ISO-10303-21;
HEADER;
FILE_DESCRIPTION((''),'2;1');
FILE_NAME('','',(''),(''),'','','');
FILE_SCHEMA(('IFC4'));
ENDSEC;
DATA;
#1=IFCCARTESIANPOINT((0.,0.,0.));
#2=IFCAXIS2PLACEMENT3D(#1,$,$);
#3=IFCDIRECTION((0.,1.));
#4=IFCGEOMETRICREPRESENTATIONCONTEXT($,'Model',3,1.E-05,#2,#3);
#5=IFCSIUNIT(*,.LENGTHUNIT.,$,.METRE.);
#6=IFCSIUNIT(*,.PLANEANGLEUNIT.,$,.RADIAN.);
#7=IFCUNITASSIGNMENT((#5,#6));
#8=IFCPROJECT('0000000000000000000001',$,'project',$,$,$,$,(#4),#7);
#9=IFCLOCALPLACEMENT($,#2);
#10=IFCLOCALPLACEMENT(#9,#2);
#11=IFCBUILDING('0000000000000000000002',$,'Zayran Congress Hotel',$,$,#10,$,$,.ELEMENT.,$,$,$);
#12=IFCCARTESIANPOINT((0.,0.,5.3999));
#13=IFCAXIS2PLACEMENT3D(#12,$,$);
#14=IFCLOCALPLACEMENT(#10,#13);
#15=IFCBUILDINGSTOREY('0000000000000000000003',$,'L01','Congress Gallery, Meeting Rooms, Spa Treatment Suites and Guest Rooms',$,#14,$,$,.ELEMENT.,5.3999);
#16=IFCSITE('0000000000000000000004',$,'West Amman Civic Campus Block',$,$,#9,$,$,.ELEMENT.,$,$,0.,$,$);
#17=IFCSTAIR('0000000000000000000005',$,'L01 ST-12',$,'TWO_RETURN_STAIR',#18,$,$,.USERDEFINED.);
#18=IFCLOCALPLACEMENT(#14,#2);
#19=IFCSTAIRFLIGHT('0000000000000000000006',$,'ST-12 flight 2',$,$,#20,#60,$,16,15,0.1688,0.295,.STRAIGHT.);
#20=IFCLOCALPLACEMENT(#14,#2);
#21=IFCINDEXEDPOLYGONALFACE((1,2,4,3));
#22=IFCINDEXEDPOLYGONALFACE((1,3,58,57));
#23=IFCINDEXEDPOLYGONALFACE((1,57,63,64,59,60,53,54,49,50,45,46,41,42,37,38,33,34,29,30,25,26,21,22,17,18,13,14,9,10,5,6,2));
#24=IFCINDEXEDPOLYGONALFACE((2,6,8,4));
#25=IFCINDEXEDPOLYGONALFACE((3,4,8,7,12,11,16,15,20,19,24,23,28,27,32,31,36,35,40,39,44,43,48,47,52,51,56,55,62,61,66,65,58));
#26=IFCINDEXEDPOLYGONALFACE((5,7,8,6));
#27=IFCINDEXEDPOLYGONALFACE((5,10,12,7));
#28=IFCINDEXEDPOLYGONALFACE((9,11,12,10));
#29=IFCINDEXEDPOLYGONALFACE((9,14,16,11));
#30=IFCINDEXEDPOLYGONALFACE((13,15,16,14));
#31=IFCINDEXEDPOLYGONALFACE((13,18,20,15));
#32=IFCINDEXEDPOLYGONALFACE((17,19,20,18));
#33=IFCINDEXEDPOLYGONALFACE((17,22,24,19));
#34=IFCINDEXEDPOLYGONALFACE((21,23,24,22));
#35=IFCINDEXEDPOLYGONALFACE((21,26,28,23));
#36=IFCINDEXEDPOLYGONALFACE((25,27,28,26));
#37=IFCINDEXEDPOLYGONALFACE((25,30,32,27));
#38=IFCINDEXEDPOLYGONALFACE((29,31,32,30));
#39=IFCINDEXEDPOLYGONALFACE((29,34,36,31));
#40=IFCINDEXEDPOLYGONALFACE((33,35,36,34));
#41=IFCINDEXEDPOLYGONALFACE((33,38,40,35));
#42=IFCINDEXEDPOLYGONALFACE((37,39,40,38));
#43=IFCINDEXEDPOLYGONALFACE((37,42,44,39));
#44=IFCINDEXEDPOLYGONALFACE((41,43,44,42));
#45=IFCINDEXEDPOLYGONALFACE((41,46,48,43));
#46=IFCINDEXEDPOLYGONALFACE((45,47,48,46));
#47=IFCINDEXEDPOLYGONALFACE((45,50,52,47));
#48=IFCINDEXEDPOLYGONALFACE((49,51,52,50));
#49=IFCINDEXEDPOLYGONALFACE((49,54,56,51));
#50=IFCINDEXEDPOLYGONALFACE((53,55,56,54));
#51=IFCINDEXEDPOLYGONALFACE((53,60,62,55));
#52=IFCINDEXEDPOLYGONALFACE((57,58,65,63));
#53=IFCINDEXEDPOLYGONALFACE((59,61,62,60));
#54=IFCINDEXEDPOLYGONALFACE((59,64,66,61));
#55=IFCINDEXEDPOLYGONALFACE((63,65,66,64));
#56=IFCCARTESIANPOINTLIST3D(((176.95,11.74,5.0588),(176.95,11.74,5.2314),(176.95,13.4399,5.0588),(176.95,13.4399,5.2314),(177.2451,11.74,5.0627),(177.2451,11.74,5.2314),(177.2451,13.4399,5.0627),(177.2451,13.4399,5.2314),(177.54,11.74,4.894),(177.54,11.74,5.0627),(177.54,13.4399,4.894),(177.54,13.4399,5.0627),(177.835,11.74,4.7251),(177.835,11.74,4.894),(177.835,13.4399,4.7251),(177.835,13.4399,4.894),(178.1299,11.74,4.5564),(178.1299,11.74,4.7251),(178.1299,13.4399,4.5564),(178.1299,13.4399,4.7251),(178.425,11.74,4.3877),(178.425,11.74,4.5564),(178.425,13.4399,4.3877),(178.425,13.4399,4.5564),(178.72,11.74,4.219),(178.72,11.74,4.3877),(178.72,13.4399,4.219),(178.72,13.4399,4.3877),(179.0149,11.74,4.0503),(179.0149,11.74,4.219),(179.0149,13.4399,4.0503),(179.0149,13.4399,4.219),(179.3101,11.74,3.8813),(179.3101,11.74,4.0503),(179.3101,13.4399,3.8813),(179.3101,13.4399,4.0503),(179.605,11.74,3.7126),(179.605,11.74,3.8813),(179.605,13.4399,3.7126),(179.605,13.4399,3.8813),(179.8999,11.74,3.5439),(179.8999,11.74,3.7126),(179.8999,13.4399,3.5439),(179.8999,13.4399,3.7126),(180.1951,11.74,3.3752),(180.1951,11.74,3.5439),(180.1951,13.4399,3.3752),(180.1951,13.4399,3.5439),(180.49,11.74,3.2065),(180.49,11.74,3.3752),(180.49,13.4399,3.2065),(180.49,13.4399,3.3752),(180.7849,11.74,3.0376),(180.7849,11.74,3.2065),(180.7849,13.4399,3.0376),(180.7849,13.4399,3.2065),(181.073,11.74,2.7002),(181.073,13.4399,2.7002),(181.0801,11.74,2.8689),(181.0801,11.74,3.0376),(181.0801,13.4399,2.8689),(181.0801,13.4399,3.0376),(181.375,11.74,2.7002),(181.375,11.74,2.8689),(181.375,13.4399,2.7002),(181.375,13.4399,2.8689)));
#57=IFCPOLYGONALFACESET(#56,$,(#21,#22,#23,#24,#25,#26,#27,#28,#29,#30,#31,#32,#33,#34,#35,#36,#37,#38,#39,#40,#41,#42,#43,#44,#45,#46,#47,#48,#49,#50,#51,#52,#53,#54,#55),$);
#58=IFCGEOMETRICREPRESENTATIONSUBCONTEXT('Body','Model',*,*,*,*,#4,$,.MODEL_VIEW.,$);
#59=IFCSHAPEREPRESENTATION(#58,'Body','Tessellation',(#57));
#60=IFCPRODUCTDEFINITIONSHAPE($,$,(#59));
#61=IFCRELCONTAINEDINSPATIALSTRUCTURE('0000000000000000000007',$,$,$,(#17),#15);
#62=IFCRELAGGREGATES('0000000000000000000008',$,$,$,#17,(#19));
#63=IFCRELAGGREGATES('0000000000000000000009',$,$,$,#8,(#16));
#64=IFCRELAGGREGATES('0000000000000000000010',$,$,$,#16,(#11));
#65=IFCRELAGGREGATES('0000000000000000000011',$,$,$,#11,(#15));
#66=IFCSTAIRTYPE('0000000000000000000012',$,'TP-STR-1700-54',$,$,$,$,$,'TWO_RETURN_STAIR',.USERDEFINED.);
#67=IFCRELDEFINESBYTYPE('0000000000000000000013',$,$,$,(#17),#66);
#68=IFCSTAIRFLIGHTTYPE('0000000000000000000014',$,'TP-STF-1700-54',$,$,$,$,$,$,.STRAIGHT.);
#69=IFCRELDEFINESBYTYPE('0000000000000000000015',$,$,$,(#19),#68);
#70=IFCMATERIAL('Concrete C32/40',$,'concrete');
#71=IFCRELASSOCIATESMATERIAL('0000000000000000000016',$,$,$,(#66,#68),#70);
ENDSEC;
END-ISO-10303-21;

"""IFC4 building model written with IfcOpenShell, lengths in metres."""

from ifc_helpers import new_model, si_unit, direction, frame, origin, place, context, subcontext, project, spatial, polyline, outline, extrude, material, type_object, element, aggregate, save


model = new_model("IFC4")

# Units and contexts
model_context = context("Model", 3, precision=1e-05, world=origin(), true_north=direction((0.0, 1.0)))
body_context = subcontext(model_context, "Body", "Model", "MODEL_VIEW")
ifc_project = project(units=[si_unit("LENGTHUNIT", "METRE"), si_unit("PLANEANGLEUNIT", "RADIAN")], contexts=[model_context])

# Site, building, storey
site_placement = place(None, origin())
site = spatial("IfcSite", under=ifc_project, at=site_placement, Name="West Amman Civic Campus Block", CompositionType="ELEMENT", RefElevation=0.0)
building_placement = place(site_placement, origin())
building = spatial("IfcBuilding", under=site, at=building_placement, Name="Zayran Congress Hotel", CompositionType="ELEMENT")
storey_placement = place(building_placement, frame((0.0, 0.0, 5.3999)))
storey = spatial("IfcBuildingStorey", under=building, at=storey_placement, Name="L01", Description="Congress Gallery, Meeting Rooms, Spa Treatment Suites and Guest Rooms", CompositionType="ELEMENT", Elevation=5.3999)

# Stair, stair flight
ifc_material_1 = material(Name="Concrete C32/40", Category="concrete")
stair_type = type_object("IfcStairType", Name="TP-STR-1700-54", ElementType="TWO_RETURN_STAIR", PredefinedType="USERDEFINED", material=ifc_material_1)
stair_placement = place(storey_placement, origin())
stair = element("IfcStair", 1, at=stair_placement, inside=storey, type_object=stair_type, Name="L01 ST-12", ObjectType="TWO_RETURN_STAIR", PredefinedType="USERDEFINED")
stair_flight_type = type_object("IfcStairFlightType", Name="TP-STF-1700-54", PredefinedType="STRAIGHT", material=ifc_material_1)
stair_flight_placement = place(storey_placement, frame((181.375, 12.5901, 2.7002), z_axis=(0.0, 0.0, 1.0), x_axis=(-1.0, 0.0, 0.0)))
stair_flight = element("IfcStairFlight", 2, at=stair_flight_placement, type_object=stair_flight_type, Name="ST-12 flight 2", NumberOfRisers=16, NumberOfTreads=15, PredefinedType="STRAIGHT", RiserHeight=0.1688, TreadLength=0.295, context=body_context, shape_type="SweptSolid", body=[
    extrude(outline(polyline([(0.0, 0.0), (0.0, 0.1687), (0.2949, 0.1687), (0.2949, 0.3374), (0.5901, 0.3374), (0.5901, 0.5063), (0.885, 0.5063), (0.885, 0.675), (1.1799, 0.675), (1.1799, 0.8438), (1.4751, 0.8438), (1.4751, 1.0125), (1.77, 1.0125), (1.77, 1.1812), (2.0649, 1.1812), (2.0649, 1.3501), (2.3601, 1.3501), (2.3601, 1.5188), (2.655, 1.5188), (2.655, 1.6875), (2.95, 1.6875), (2.95, 1.8562), (3.2451, 1.8562), (3.2451, 2.0249), (3.54, 2.0249), (3.54, 2.1938), (3.835, 2.1938), (3.835, 2.3625), (4.1299, 2.3625), (4.1299, 2.5312), (4.425, 2.5312), (4.425, 2.7), (4.425, 2.3586), (0.302, 0.0), (0.0, 0.0)])), frame((0.0, 0.8501, 0.0), z_axis=(0.0, -1.0, 0.0), x_axis=(1.0, 0.0, 0.0)), (0.0, 0.0, 1.0), 1.7),
])
aggregate(stair, [stair_flight])

save(model, "model.ifc")
